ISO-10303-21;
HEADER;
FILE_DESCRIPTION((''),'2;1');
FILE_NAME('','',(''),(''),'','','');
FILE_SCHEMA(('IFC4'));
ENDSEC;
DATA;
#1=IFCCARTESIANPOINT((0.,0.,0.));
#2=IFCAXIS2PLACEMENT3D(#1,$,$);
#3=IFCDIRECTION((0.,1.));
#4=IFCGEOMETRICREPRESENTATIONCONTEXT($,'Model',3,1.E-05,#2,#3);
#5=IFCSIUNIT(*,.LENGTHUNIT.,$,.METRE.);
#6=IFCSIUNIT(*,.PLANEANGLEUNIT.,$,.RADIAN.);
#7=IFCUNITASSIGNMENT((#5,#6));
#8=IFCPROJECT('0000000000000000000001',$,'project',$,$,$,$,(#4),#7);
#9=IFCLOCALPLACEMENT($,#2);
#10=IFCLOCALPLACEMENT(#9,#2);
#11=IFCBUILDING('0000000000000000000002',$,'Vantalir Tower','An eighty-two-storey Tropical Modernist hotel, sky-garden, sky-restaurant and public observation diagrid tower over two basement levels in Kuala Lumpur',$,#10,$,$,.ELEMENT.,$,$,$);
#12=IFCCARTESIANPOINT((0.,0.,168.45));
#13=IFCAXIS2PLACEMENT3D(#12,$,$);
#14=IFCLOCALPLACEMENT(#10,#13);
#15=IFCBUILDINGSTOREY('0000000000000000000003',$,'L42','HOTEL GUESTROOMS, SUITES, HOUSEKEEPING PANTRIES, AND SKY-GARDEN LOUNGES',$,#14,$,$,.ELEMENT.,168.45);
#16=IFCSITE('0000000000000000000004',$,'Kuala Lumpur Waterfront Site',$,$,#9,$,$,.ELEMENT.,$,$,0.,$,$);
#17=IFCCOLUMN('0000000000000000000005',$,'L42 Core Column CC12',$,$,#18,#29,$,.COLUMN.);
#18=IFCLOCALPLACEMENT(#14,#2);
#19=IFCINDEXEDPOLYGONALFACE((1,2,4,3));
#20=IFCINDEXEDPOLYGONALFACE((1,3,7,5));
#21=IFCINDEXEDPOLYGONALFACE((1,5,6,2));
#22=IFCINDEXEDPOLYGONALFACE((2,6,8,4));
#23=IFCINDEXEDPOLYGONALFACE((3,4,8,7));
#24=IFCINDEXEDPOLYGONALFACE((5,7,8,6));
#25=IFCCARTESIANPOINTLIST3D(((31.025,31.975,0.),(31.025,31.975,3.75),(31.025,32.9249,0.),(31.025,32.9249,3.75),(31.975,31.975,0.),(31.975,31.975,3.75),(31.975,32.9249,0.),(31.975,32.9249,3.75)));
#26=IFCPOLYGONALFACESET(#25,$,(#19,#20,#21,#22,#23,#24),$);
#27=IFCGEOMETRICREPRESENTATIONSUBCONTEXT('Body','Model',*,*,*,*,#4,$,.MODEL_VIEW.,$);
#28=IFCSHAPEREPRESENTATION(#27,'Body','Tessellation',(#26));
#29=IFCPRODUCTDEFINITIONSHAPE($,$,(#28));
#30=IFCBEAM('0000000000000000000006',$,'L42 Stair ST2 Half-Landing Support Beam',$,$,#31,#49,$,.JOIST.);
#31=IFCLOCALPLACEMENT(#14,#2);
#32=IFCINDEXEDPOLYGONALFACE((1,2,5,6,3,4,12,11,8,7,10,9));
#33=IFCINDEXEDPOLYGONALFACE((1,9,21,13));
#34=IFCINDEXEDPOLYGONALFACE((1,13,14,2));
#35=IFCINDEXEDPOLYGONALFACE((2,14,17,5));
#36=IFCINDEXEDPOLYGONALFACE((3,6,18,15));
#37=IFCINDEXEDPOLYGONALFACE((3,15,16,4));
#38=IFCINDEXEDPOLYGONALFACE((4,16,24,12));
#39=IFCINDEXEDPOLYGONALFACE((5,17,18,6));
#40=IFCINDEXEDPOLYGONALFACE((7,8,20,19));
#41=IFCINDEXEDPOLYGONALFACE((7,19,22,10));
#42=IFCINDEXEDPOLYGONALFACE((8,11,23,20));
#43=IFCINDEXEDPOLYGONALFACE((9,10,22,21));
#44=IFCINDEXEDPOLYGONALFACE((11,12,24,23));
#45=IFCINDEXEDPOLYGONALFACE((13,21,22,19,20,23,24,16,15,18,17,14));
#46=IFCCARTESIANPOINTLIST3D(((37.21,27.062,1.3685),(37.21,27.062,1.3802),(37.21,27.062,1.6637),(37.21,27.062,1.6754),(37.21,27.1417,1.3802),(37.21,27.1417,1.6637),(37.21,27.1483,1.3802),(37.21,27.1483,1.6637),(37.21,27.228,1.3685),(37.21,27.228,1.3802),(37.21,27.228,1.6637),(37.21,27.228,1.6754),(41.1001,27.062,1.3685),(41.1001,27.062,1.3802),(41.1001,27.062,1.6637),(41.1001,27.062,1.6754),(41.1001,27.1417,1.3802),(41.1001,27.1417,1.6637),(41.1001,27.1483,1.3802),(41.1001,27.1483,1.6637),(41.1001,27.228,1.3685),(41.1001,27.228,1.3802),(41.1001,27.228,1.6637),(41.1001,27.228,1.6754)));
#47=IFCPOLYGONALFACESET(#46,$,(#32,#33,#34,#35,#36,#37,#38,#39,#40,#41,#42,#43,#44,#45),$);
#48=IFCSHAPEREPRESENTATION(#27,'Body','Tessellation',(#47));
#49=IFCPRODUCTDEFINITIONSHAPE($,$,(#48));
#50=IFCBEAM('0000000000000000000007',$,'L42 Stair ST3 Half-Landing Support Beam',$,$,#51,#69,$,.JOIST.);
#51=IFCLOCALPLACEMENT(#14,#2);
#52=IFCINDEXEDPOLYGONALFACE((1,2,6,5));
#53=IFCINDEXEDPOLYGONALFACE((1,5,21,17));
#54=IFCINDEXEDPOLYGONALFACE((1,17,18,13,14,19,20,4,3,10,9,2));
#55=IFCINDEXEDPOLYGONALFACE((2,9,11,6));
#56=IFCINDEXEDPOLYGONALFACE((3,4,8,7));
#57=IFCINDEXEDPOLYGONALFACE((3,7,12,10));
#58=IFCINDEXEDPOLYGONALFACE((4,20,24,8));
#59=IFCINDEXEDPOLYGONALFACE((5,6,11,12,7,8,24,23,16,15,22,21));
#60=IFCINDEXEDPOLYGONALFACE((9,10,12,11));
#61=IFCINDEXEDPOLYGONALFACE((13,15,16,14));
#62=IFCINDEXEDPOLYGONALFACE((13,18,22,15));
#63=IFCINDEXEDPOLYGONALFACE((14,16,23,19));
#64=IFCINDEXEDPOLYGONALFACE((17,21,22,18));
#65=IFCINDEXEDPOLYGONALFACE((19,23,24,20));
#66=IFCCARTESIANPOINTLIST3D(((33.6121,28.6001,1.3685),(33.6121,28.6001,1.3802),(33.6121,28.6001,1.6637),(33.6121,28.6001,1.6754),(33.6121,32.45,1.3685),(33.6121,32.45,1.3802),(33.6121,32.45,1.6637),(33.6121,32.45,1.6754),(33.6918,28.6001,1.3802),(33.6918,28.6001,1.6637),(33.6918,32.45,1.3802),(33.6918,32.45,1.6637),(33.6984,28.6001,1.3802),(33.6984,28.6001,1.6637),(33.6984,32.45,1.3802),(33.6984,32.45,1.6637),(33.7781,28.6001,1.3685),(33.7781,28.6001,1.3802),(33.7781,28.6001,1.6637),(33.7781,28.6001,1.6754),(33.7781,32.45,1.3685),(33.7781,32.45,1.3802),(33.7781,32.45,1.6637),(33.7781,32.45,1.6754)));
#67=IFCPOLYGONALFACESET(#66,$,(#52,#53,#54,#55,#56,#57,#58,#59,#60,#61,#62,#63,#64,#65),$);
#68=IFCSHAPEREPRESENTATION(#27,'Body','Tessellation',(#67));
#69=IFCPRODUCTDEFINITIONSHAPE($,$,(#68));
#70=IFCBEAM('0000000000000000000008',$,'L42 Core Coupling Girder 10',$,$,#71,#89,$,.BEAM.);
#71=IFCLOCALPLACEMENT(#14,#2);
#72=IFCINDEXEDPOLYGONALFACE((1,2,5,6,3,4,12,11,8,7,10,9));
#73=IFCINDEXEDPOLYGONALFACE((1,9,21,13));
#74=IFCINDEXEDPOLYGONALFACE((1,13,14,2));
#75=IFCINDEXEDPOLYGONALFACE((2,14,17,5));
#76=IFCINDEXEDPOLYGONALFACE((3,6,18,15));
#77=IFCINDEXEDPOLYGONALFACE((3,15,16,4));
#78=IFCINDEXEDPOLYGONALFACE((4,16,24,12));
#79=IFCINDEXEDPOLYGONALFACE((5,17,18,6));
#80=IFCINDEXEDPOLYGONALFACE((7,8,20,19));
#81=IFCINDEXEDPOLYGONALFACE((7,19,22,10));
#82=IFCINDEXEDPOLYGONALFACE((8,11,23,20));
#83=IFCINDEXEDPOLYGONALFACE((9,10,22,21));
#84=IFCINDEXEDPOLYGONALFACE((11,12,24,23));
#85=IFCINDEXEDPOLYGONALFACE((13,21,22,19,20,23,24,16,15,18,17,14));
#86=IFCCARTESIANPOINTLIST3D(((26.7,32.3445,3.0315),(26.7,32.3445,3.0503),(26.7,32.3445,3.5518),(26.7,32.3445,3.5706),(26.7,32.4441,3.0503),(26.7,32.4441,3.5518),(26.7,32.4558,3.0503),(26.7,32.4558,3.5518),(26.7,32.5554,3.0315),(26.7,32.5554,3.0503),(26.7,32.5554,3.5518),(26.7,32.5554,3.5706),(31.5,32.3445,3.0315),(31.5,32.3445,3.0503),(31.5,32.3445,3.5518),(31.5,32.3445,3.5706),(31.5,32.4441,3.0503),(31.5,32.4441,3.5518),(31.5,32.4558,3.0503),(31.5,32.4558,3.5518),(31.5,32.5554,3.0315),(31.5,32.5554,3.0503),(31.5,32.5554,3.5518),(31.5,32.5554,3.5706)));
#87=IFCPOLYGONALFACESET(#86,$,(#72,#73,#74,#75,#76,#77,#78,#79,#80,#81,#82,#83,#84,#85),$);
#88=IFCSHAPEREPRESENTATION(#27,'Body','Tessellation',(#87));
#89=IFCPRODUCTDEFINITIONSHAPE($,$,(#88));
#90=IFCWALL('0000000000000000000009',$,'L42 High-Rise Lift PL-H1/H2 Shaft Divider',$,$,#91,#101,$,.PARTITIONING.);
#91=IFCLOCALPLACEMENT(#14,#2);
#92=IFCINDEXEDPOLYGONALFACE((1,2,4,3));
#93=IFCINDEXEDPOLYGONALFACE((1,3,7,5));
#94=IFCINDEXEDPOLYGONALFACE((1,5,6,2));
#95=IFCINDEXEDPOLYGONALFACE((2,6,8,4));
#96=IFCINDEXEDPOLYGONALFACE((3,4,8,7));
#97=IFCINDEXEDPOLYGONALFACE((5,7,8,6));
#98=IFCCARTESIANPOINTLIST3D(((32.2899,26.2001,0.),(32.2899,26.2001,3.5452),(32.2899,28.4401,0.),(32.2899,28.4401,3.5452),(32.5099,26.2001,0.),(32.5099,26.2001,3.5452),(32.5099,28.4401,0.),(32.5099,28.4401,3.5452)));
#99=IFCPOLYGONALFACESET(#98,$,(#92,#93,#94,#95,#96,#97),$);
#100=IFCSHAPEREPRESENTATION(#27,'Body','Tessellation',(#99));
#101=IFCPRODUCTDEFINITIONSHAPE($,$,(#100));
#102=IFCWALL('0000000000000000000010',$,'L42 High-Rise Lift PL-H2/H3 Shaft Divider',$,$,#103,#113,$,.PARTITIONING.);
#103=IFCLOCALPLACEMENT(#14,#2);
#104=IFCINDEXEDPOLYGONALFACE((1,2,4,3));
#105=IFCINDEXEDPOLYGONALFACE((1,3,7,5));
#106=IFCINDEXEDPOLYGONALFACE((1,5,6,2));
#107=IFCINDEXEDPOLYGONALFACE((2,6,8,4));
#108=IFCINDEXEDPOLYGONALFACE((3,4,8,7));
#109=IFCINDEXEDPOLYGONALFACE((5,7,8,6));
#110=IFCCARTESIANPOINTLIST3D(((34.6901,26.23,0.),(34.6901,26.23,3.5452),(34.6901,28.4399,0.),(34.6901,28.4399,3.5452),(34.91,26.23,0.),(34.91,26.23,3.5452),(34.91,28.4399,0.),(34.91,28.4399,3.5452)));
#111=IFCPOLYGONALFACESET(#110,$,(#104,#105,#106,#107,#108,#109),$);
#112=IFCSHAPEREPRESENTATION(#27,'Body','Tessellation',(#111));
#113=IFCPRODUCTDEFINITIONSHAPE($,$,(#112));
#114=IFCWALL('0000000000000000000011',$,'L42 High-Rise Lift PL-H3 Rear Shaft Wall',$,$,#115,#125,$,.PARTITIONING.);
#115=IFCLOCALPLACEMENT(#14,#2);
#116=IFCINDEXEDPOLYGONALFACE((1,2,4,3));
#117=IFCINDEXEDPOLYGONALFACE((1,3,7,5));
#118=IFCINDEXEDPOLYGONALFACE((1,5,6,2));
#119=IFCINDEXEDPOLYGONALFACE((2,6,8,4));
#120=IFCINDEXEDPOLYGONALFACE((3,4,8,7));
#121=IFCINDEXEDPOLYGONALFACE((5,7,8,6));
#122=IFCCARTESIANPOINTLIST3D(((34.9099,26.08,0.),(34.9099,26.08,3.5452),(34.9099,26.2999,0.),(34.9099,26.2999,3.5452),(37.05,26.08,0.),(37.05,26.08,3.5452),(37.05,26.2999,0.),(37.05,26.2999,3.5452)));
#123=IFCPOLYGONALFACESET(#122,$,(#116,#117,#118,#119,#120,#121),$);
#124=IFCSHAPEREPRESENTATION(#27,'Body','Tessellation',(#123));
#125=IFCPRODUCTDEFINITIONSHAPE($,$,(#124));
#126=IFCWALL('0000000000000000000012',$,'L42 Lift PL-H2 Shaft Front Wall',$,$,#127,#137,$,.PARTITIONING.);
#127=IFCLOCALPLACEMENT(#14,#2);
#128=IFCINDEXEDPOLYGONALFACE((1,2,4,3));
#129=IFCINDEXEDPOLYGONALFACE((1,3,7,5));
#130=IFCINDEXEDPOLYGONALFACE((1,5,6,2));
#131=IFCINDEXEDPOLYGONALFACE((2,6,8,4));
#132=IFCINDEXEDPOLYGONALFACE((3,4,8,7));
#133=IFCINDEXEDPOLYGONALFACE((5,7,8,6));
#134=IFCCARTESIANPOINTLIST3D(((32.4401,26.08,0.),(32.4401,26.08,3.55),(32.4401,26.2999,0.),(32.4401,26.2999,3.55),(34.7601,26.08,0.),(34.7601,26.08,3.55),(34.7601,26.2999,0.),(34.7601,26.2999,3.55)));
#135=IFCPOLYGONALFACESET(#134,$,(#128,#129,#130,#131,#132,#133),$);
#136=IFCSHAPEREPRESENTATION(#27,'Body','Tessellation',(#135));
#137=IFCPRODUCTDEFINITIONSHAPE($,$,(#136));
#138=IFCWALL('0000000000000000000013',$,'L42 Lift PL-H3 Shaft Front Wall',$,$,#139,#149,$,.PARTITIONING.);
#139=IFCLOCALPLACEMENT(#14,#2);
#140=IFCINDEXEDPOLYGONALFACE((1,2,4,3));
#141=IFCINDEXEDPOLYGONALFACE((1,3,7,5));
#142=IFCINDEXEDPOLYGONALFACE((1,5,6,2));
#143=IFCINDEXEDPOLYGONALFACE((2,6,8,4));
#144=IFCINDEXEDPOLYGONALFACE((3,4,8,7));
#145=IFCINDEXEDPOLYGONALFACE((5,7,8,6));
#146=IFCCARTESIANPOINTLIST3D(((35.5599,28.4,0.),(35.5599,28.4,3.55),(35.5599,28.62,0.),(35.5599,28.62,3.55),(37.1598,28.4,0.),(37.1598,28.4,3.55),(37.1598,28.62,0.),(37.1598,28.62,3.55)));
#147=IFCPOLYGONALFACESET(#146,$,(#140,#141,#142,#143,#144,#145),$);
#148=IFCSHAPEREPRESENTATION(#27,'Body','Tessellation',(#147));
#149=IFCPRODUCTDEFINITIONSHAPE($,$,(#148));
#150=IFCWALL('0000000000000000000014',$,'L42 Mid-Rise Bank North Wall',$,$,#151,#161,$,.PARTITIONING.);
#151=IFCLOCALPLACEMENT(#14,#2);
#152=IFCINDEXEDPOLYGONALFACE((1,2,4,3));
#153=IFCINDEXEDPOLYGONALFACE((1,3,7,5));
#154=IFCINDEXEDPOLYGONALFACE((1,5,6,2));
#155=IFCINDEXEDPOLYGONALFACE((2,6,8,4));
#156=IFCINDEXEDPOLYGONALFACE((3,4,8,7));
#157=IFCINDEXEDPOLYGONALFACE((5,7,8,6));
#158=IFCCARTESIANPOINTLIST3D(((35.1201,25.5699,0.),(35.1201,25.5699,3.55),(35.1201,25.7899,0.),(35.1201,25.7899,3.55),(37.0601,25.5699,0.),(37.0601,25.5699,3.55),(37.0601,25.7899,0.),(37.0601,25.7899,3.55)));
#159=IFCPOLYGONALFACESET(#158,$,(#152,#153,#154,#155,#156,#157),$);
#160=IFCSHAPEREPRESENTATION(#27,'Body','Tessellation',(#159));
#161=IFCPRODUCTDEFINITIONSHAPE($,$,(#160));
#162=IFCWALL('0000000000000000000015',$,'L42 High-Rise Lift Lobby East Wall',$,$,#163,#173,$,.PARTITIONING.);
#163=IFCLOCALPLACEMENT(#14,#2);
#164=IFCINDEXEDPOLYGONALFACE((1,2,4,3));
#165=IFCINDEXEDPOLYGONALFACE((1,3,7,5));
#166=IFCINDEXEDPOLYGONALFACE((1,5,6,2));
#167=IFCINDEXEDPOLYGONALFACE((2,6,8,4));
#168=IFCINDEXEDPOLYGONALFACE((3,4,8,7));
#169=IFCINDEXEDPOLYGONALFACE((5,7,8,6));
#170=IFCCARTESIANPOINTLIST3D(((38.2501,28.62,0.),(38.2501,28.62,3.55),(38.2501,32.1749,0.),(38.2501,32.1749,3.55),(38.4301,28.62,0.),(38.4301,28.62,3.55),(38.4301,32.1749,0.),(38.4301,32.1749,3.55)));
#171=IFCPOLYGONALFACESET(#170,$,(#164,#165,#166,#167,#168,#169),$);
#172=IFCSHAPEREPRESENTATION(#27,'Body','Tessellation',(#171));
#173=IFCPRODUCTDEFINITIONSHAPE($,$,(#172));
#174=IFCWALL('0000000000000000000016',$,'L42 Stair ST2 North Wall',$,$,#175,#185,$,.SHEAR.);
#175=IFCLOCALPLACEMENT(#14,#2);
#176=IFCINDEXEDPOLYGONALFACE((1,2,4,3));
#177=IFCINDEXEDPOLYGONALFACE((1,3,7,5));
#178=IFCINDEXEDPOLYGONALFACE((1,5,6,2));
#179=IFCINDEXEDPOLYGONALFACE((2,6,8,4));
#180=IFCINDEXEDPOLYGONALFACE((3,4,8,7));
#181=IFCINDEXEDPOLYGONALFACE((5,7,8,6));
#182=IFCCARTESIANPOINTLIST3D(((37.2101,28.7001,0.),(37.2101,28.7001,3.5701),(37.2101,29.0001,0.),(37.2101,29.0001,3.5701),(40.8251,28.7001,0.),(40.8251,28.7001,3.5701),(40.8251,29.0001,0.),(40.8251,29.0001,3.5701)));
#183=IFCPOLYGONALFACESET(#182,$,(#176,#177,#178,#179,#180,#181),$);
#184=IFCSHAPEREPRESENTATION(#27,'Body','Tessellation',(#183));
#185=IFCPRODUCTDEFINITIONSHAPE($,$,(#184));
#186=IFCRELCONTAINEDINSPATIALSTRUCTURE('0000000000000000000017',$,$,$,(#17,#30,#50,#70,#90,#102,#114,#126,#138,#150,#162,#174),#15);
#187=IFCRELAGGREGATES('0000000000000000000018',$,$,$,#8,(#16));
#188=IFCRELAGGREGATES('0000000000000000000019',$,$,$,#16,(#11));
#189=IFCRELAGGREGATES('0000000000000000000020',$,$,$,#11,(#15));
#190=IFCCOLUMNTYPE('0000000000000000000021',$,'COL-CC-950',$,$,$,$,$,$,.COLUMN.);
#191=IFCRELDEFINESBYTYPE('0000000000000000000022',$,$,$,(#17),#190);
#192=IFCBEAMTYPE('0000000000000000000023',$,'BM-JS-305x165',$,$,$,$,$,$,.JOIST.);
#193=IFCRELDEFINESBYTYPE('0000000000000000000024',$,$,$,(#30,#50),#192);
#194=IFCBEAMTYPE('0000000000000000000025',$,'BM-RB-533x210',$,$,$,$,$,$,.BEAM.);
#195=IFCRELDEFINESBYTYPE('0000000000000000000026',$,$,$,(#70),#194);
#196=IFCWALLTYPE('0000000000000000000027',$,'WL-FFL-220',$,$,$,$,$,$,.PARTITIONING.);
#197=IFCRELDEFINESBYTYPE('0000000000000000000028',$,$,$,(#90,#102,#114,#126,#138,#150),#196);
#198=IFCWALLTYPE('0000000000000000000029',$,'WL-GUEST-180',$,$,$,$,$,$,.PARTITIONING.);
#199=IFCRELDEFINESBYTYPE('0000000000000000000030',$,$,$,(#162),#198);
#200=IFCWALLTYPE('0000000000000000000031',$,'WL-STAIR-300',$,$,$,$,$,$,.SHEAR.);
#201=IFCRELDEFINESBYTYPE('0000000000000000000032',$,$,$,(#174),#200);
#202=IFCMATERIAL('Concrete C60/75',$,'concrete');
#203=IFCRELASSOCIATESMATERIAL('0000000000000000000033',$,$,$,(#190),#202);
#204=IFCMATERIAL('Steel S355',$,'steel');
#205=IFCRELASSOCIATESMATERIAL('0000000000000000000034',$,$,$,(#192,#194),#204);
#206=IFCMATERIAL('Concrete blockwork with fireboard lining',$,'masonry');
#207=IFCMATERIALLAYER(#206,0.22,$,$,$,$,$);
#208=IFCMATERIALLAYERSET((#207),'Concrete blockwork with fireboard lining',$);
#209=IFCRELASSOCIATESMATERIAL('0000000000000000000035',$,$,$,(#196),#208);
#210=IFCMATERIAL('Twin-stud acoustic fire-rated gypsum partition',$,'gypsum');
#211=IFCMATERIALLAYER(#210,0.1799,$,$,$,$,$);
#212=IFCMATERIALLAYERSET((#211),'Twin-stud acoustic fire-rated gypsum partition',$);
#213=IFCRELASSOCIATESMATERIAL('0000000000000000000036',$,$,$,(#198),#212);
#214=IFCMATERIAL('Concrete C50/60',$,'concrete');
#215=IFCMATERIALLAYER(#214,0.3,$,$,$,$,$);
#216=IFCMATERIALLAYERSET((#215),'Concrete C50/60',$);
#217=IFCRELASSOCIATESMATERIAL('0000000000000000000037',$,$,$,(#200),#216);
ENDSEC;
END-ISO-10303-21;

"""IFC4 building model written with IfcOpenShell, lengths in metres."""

from ifc_helpers import new_model, si_unit, direction, frame, frame_2d, origin, origin_2d, place, context, subcontext, project, spatial, rectangle, i_section, extrude, material, layer, layer_set, material_profile, profile_set, type_object, element, save


model = new_model("IFC4")

# Units and contexts
model_context = context("Model", 3, precision=1e-05, world=origin(), true_north=direction((0.0, 1.0)))
body_context = subcontext(model_context, "Body", "Model", "MODEL_VIEW")
ifc_project = project(units=[si_unit("LENGTHUNIT", "METRE"), si_unit("PLANEANGLEUNIT", "RADIAN")], contexts=[model_context])

# Site, building, storey
site_placement = place(None, origin())
site = spatial("IfcSite", under=ifc_project, at=site_placement, Name="Kuala Lumpur Waterfront Site", CompositionType="ELEMENT", RefElevation=0.0)
building_placement = place(site_placement, origin())
building = spatial("IfcBuilding", under=site, at=building_placement, Name="Vantalir Tower", Description="An eighty-two-storey Tropical Modernist hotel, sky-garden, sky-restaurant and public observation diagrid tower over two basement levels in Kuala Lumpur", CompositionType="ELEMENT")
storey_placement = place(building_placement, frame((0.0, 0.0, 168.45)))
storey = spatial("IfcBuildingStorey", under=building, at=storey_placement, Name="L42", Description="HOTEL GUESTROOMS, SUITES, HOUSEKEEPING PANTRIES, AND SKY-GARDEN LOUNGES", CompositionType="ELEMENT", Elevation=168.45)

# Column
ifc_material_1 = material(Name="Concrete C60/75", Category="concrete")
ifc_material_profile_1 = material_profile(ifc_material_1, rectangle(XDim=0.95, YDim=0.95, at=origin_2d()), Name="Concrete C60/75")
ifc_profile_set_1 = profile_set([ifc_material_profile_1], Name="Concrete C60/75")
column_type = type_object("IfcColumnType", Name="COL-CC-950", PredefinedType="COLUMN", material=ifc_profile_set_1)
column_placement = place(storey_placement, frame((31.5, 32.45, 0.0), z_axis=(0.0, 0.0, 1.0), x_axis=(1.0, 0.0, 0.0)))
element("IfcColumn", 1, at=column_placement, inside=storey, type_object=column_type, Name="L42 Core Column CC12", PredefinedType="COLUMN", context=body_context, shape_type="SweptSolid", body=[
    extrude(rectangle(XDim=0.95, YDim=0.95, at=origin_2d()), origin(), (0.0, 0.0, 1.0), 3.75),
])

# Beams
ifc_material_2 = material(Name="Steel S355", Category="steel")
ifc_material_profile_2 = material_profile(ifc_material_2, i_section(OverallWidth=0.166, OverallDepth=0.3069, WebThickness=0.0066, FlangeThickness=0.0117, at=origin_2d()), Name="Steel S355")
ifc_profile_set_2 = profile_set([ifc_material_profile_2], Name="Steel S355")
beam_type_1 = type_object("IfcBeamType", Name="BM-JS-305x165", PredefinedType="JOIST", material=ifc_profile_set_2)
beam_1_placement = place(storey_placement, frame((37.21, 27.145, 1.522), z_axis=(1.0, 0.0, 0.0), x_axis=(0.0, 1.0, 0.0)))
element("IfcBeam", 2, at=beam_1_placement, inside=storey, type_object=beam_type_1, Name="L42 Stair ST2 Half-Landing Support Beam", PredefinedType="JOIST", context=body_context, shape_type="SweptSolid", body=[
    extrude(i_section(OverallWidth=0.166, OverallDepth=0.3069, WebThickness=0.0066, FlangeThickness=0.0117, at=origin_2d()), origin(), (0.0, 0.0, 1.0), 3.8901),
])
beam_2_placement = place(storey_placement, frame((33.6951, 28.6001, 1.522), z_axis=(0.0, 1.0, 0.0), x_axis=(-1.0, 0.0, 0.0)))
element("IfcBeam", 3, at=beam_2_placement, inside=storey, type_object=beam_type_1, Name="L42 Stair ST3 Half-Landing Support Beam", PredefinedType="JOIST", context=body_context, shape_type="SweptSolid", body=[
    extrude(i_section(OverallWidth=0.166, OverallDepth=0.3069, WebThickness=0.0066, FlangeThickness=0.0117, at=origin_2d()), origin(), (0.0, 0.0, 1.0), 3.8499),
])
ifc_material_profile_3 = material_profile(ifc_material_2, i_section(OverallWidth=0.2109, OverallDepth=0.5391, WebThickness=0.0117, FlangeThickness=0.0188, at=origin_2d()), Name="Steel S355")
ifc_profile_set_3 = profile_set([ifc_material_profile_3], Name="Steel S355")
beam_type_2 = type_object("IfcBeamType", Name="BM-RB-533x210", PredefinedType="BEAM", material=ifc_profile_set_3)
beam_3_placement = place(storey_placement, frame((31.5, 32.45, 3.301), z_axis=(-1.0, 0.0, 0.0), x_axis=(0.0, -1.0, 0.0)))
element("IfcBeam", 4, at=beam_3_placement, inside=storey, type_object=beam_type_2, Name="L42 Core Coupling Girder 10", PredefinedType="BEAM", context=body_context, shape_type="SweptSolid", body=[
    extrude(i_section(OverallWidth=0.2109, OverallDepth=0.5391, WebThickness=0.0117, FlangeThickness=0.0188, at=origin_2d()), origin(), (0.0, 0.0, 1.0), 4.8),
])

# Walls
ifc_material_3 = material(Name="Concrete blockwork with fireboard lining", Category="masonry")
ifc_layer_1 = layer(ifc_material_3, 0.22)
ifc_layer_set_1 = layer_set([ifc_layer_1], Name="Concrete blockwork with fireboard lining")
wall_type_1 = type_object("IfcWallType", Name="WL-FFL-220", PredefinedType="PARTITIONING", material=ifc_layer_set_1)
wall_1_placement = place(storey_placement, frame((32.3999, 26.2, 0.0), z_axis=(0.0, 0.0, 1.0), x_axis=(0.0, 1.0, 0.0)))
element("IfcWall", 5, at=wall_1_placement, inside=storey, type_object=wall_type_1, Name="L42 High-Rise Lift PL-H1/H2 Shaft Divider", PredefinedType="PARTITIONING", context=body_context, shape_type="SweptSolid", body=[
    extrude(rectangle(XDim=2.24, YDim=0.22, at=frame_2d((1.1201, 0.0))), origin(), (0.0, 0.0, 1.0), 3.5452),
])
wall_2_placement = place(storey_placement, frame((34.8, 26.23, 0.0), z_axis=(0.0, 0.0, 1.0), x_axis=(0.0, 1.0, 0.0)))
element("IfcWall", 6, at=wall_2_placement, inside=storey, type_object=wall_type_1, Name="L42 High-Rise Lift PL-H2/H3 Shaft Divider", PredefinedType="PARTITIONING", context=body_context, shape_type="SweptSolid", body=[
    extrude(rectangle(XDim=2.21, YDim=0.22, at=frame_2d((1.105, 0.0))), origin(), (0.0, 0.0, 1.0), 3.5452),
])
wall_3_placement = place(storey_placement, frame((34.9099, 26.1899, 0.0), z_axis=(0.0, 0.0, 1.0), x_axis=(1.0, 0.0, 0.0)))
element("IfcWall", 7, at=wall_3_placement, inside=storey, type_object=wall_type_1, Name="L42 High-Rise Lift PL-H3 Rear Shaft Wall", PredefinedType="PARTITIONING", context=body_context, shape_type="SweptSolid", body=[
    extrude(rectangle(XDim=2.1401, YDim=0.22, at=frame_2d((1.0701, 0.0))), origin(), (0.0, 0.0, 1.0), 3.5452),
])
wall_4_placement = place(storey_placement, frame((32.4399, 26.1899, 0.0), z_axis=(0.0, 0.0, 1.0), x_axis=(1.0, 0.0, 0.0)))
element("IfcWall", 8, at=wall_4_placement, inside=storey, type_object=wall_type_1, Name="L42 Lift PL-H2 Shaft Front Wall", PredefinedType="PARTITIONING", context=body_context, shape_type="SweptSolid", body=[
    extrude(rectangle(XDim=2.3201, YDim=0.22, at=frame_2d((1.1602, 0.0))), origin(), (0.0, 0.0, 1.0), 3.55),
])
wall_5_placement = place(storey_placement, frame((35.5601, 28.51, 0.0), z_axis=(0.0, 0.0, 1.0), x_axis=(1.0, 0.0, 0.0)))
element("IfcWall", 9, at=wall_5_placement, inside=storey, type_object=wall_type_1, Name="L42 Lift PL-H3 Shaft Front Wall", PredefinedType="PARTITIONING", context=body_context, shape_type="SweptSolid", body=[
    extrude(rectangle(XDim=1.5999, YDim=0.22, at=frame_2d((0.7998, 0.0))), origin(), (0.0, 0.0, 1.0), 3.55),
])
wall_6_placement = place(storey_placement, frame((35.1201, 25.6799, 0.0), z_axis=(0.0, 0.0, 1.0), x_axis=(1.0, 0.0, 0.0)))
element("IfcWall", 10, at=wall_6_placement, inside=storey, type_object=wall_type_1, Name="L42 Mid-Rise Bank North Wall", PredefinedType="PARTITIONING", context=body_context, shape_type="SweptSolid", body=[
    extrude(rectangle(XDim=1.9399, YDim=0.22, at=frame_2d((0.97, 0.0))), origin(), (0.0, 0.0, 1.0), 3.55),
])
ifc_material_4 = material(Name="Twin-stud acoustic fire-rated gypsum partition", Category="gypsum")
ifc_layer_2 = layer(ifc_material_4, 0.1799)
ifc_layer_set_2 = layer_set([ifc_layer_2], Name="Twin-stud acoustic fire-rated gypsum partition")
wall_type_2 = type_object("IfcWallType", Name="WL-GUEST-180", PredefinedType="PARTITIONING", material=ifc_layer_set_2)
wall_7_placement = place(storey_placement, frame((38.3401, 28.6201, 0.0), z_axis=(0.0, 0.0, 1.0), x_axis=(0.0, 1.0, 0.0)))
element("IfcWall", 11, at=wall_7_placement, inside=storey, type_object=wall_type_2, Name="L42 High-Rise Lift Lobby East Wall", PredefinedType="PARTITIONING", context=body_context, shape_type="SweptSolid", body=[
    extrude(rectangle(XDim=3.5549, YDim=0.1799, at=frame_2d((1.7773, 0.0))), origin(), (0.0, 0.0, 1.0), 3.55),
])
ifc_material_5 = material(Name="Concrete C50/60", Category="concrete")
ifc_layer_3 = layer(ifc_material_5, 0.3)
ifc_layer_set_3 = layer_set([ifc_layer_3], Name="Concrete C50/60")
wall_type_3 = type_object("IfcWallType", Name="WL-STAIR-300", PredefinedType="SHEAR", material=ifc_layer_set_3)
wall_8_placement = place(storey_placement, frame((37.21, 28.8501, 0.0), z_axis=(0.0, 0.0, 1.0), x_axis=(1.0, 0.0, 0.0)))
element("IfcWall", 12, at=wall_8_placement, inside=storey, type_object=wall_type_3, Name="L42 Stair ST2 North Wall", PredefinedType="SHEAR", context=body_context, shape_type="SweptSolid", body=[
    extrude(rectangle(XDim=3.615, YDim=0.3, at=frame_2d((1.8076, 0.0))), origin(), (0.0, 0.0, 1.0), 3.5701),
])

save(model, "model.ifc")
